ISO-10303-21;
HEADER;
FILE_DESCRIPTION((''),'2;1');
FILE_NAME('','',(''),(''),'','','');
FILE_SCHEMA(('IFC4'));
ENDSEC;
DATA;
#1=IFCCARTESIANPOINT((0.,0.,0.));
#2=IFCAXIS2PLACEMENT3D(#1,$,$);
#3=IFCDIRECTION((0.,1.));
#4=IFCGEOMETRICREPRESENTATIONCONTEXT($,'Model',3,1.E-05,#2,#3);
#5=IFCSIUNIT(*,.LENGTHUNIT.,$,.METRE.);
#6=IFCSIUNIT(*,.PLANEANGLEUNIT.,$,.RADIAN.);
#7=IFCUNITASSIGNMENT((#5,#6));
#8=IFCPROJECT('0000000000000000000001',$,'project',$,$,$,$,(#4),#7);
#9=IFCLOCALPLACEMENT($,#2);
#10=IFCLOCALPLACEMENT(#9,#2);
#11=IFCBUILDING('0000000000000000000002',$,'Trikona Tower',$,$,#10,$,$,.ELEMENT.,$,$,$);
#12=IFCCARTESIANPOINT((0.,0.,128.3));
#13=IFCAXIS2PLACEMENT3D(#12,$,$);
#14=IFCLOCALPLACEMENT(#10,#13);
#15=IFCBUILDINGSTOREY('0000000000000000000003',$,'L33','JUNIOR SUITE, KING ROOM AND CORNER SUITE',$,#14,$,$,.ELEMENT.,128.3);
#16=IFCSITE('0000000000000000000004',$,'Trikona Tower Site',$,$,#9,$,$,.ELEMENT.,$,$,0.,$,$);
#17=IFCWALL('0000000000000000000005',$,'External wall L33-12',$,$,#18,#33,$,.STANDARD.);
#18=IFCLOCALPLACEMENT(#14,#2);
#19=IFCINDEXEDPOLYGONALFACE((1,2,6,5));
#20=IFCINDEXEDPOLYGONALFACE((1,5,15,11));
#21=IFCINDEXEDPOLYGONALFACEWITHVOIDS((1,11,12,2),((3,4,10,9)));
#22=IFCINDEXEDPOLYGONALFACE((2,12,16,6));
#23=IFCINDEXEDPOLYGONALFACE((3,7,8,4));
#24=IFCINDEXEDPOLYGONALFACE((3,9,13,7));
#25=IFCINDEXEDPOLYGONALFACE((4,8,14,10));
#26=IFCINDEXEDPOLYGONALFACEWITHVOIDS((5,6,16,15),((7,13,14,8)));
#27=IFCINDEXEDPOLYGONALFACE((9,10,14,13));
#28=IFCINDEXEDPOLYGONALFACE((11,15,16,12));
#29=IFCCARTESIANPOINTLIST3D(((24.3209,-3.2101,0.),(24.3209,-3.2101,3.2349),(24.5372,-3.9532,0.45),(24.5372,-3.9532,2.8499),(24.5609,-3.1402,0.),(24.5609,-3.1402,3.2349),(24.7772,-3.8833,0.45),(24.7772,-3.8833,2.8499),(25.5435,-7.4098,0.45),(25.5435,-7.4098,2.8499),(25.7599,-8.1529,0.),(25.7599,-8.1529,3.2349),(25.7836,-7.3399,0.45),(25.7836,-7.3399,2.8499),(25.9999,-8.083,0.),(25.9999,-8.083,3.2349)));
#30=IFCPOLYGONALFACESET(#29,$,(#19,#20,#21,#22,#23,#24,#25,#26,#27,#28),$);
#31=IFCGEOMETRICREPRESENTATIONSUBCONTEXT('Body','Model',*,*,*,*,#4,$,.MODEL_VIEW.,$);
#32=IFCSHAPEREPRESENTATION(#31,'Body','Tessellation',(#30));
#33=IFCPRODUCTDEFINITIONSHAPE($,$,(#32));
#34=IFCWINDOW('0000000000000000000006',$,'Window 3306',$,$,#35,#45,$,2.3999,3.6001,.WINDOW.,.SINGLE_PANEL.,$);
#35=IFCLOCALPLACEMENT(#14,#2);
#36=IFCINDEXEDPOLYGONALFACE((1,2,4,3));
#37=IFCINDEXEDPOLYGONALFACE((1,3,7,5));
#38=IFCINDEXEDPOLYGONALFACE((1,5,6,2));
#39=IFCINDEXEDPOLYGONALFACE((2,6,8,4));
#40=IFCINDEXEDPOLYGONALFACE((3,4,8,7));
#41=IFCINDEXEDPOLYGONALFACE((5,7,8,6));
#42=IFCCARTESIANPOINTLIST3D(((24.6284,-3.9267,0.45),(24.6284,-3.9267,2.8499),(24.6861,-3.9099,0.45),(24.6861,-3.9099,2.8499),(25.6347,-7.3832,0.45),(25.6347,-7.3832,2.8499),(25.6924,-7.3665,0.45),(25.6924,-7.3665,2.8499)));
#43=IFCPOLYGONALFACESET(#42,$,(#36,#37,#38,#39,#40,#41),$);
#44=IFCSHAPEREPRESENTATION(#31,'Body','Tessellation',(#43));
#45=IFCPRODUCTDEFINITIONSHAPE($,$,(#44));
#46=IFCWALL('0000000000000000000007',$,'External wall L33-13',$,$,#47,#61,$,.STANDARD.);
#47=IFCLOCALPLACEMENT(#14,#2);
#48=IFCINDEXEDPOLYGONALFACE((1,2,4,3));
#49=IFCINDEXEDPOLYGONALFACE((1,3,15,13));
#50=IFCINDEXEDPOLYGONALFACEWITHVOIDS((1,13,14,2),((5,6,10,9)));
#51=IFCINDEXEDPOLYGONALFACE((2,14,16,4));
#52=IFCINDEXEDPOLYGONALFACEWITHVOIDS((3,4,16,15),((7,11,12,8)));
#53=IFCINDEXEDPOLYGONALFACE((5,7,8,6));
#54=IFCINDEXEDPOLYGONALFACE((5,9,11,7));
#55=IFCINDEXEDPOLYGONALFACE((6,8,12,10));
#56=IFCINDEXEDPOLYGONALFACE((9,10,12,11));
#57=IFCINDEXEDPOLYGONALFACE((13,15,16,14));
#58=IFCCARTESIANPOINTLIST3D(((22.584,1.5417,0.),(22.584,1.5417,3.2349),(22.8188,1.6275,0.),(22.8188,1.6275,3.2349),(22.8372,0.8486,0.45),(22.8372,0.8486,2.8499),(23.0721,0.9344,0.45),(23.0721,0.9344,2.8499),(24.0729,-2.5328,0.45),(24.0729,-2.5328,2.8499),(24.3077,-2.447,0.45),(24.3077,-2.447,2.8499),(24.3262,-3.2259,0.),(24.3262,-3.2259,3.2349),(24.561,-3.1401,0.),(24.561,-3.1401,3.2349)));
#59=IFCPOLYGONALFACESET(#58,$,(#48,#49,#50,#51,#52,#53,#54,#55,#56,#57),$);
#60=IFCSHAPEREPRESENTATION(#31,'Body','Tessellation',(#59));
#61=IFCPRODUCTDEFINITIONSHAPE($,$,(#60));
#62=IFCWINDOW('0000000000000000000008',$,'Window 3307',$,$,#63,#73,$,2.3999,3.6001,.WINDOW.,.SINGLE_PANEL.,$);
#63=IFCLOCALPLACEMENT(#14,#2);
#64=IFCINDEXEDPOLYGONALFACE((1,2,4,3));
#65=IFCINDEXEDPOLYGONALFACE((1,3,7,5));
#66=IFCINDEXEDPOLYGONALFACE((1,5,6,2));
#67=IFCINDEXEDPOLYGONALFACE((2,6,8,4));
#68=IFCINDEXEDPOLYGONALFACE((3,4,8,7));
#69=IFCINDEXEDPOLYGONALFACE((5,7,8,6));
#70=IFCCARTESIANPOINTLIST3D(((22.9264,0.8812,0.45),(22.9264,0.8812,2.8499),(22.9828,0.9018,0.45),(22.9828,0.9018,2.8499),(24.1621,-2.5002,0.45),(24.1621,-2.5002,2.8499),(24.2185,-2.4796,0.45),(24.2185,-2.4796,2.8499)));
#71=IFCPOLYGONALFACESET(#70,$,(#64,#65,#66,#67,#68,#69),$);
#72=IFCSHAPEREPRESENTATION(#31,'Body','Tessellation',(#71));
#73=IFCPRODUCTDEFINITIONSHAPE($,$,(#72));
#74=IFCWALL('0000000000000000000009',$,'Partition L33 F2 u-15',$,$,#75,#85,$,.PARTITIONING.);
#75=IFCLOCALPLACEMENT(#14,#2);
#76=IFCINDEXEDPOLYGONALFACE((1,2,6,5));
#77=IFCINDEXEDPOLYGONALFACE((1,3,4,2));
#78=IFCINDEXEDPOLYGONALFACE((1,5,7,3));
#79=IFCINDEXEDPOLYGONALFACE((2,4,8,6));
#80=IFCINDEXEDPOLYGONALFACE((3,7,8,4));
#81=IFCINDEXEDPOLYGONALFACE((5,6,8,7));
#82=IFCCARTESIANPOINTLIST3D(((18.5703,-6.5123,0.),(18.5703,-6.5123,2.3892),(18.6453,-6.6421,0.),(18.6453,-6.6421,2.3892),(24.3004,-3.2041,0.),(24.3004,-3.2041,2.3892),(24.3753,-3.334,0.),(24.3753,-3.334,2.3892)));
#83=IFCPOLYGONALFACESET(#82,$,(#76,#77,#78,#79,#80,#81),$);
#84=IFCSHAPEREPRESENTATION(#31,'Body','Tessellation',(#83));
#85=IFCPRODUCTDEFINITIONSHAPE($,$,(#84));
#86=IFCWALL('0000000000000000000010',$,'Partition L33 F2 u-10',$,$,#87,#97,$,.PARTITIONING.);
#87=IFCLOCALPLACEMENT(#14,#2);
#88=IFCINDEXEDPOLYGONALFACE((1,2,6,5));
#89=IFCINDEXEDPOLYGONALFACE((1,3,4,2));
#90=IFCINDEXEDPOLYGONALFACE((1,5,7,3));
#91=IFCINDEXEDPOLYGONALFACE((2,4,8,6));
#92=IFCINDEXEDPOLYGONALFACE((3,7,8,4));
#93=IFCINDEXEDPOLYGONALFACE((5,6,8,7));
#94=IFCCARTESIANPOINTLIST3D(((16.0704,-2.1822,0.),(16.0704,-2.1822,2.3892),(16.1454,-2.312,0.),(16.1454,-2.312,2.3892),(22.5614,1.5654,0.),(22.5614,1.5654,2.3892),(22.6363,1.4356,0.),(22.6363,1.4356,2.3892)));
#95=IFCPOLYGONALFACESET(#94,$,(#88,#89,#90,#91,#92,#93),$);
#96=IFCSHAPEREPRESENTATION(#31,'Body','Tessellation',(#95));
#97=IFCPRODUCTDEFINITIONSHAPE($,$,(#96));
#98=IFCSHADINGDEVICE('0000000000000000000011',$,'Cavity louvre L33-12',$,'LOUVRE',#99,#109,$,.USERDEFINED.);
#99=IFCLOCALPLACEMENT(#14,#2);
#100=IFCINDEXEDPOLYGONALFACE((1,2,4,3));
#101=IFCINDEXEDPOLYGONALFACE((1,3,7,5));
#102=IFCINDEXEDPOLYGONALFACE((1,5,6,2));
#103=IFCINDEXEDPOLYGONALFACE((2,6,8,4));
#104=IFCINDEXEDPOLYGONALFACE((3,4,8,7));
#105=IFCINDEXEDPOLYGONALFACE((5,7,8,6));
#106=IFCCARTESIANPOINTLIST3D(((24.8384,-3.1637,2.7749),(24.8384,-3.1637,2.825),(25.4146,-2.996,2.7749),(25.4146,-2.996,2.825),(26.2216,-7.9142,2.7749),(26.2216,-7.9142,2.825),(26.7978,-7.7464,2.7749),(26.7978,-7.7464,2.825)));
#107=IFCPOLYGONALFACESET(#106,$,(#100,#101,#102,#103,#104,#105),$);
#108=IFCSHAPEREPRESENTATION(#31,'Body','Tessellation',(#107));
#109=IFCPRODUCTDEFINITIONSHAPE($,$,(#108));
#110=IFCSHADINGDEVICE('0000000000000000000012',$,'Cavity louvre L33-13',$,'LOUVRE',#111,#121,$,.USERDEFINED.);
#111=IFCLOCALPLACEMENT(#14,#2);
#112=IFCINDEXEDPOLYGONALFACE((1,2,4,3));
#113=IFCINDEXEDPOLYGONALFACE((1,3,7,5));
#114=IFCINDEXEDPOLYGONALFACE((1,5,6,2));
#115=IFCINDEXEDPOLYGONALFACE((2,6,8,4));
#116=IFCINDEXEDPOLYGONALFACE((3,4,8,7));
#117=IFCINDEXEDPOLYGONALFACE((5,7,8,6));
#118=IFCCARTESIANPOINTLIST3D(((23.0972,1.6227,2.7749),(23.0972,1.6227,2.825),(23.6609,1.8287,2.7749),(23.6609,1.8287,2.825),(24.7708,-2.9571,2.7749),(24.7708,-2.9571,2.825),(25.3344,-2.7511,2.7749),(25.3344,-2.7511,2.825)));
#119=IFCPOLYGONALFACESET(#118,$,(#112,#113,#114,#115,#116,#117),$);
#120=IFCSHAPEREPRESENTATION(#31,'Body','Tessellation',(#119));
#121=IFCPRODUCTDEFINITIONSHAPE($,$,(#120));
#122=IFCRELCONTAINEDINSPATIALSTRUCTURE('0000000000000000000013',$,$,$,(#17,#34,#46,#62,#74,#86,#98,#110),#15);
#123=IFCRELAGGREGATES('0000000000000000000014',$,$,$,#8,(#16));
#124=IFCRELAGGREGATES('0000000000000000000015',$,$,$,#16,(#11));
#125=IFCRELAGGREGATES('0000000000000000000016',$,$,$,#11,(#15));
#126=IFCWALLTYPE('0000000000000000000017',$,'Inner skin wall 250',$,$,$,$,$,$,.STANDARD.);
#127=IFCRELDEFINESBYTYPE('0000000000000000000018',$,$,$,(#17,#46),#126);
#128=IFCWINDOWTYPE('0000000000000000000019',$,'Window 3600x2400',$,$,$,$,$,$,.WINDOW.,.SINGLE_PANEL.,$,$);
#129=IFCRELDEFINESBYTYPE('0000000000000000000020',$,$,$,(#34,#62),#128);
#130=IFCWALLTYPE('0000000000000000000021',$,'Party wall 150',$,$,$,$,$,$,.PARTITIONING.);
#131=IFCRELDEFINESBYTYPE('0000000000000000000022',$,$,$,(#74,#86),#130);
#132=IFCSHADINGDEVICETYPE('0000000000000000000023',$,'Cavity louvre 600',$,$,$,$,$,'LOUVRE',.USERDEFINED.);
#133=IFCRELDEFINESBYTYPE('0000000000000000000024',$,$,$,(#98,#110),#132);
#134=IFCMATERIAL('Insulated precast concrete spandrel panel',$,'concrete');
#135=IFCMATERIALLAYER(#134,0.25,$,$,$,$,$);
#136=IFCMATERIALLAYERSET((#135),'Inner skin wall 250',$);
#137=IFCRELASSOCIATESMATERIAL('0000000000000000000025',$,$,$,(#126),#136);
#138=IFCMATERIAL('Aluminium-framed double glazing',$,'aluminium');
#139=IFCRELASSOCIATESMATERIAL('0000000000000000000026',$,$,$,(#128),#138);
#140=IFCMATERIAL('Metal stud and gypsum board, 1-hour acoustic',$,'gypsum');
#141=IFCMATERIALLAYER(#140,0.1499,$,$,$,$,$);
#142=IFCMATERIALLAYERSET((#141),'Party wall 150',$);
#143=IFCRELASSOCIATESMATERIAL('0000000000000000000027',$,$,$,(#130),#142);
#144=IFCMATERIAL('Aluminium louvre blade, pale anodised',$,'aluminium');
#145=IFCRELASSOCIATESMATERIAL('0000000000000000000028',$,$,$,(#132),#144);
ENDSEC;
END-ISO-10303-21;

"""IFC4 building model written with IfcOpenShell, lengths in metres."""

from ifc_helpers import new_model, si_unit, direction, frame, frame_2d, origin, origin_2d, place, context, subcontext, project, spatial, rectangle, extrude, material, layer, layer_set, type_object, element, fill, save


model = new_model("IFC4")

# Units and contexts
model_context = context("Model", 3, precision=1e-05, world=origin(), true_north=direction((0.0, 1.0)))
body_context = subcontext(model_context, "Body", "Model", "MODEL_VIEW")
ifc_project = project(units=[si_unit("LENGTHUNIT", "METRE"), si_unit("PLANEANGLEUNIT", "RADIAN")], contexts=[model_context])

# Site, building, storey
site_placement = place(None, origin())
site = spatial("IfcSite", under=ifc_project, at=site_placement, Name="Trikona Tower Site", CompositionType="ELEMENT", RefElevation=0.0)
building_placement = place(site_placement, origin())
building = spatial("IfcBuilding", under=site, at=building_placement, Name="Trikona Tower", CompositionType="ELEMENT")
storey_placement = place(building_placement, frame((0.0, 0.0, 128.3)))
storey = spatial("IfcBuildingStorey", under=building, at=storey_placement, Name="L33", Description="JUNIOR SUITE, KING ROOM AND CORNER SUITE", CompositionType="ELEMENT", Elevation=128.3)

# Walls, openings, windows
ifc_material_1 = material(Name="Insulated precast concrete spandrel panel", Category="concrete")
ifc_layer_1 = layer(ifc_material_1, 0.25)
ifc_layer_set_1 = layer_set([ifc_layer_1], Name="Inner skin wall 250")
wall_type_1 = type_object("IfcWallType", Name="Inner skin wall 250", PredefinedType="STANDARD", material=ifc_layer_set_1)
wall_1_placement = place(storey_placement, frame((25.8799, -8.1179, 0.0), z_axis=(0.0, 0.0, 1.0), x_axis=(-0.279528, 0.960137, 0.0)))
wall_1 = element("IfcWall", 1, at=wall_1_placement, inside=storey, type_object=wall_type_1, Name="External wall L33-12", PredefinedType="STANDARD", context=body_context, shape_type="SweptSolid", body=[
    extrude(rectangle(XDim=5.1479, YDim=0.25, at=frame_2d((2.574, 0.0))), origin(), (0.0, 0.0, 1.0), 3.2349),
])
opening_1_placement = place(wall_1_placement, frame((0.7739, 0.0, 0.45)))
opening_1 = element("IfcOpeningElement", 2, at=opening_1_placement, cuts=wall_1, PredefinedType="OPENING", context=body_context, shape_type="SweptSolid", body=[
    extrude(rectangle(XDim=3.6001, YDim=2.3999, at=frame_2d((1.8, 1.2))), frame((0.0, 0.135, 0.0), z_axis=(0.0, -1.0, 0.0), x_axis=(1.0, 0.0, 0.0)), (0.0, 0.0, 1.0), 0.27),
])
ifc_material_2 = material(Name="Aluminium-framed double glazing", Category="aluminium")
window_type = type_object("IfcWindowType", Name="Window 3600x2400", PartitioningType="SINGLE_PANEL", PredefinedType="WINDOW", material=ifc_material_2)
window_1_placement = place(opening_1_placement, origin())
window_1 = element("IfcWindow", 3, at=window_1_placement, inside=storey, type_object=window_type, Name="Window 3306", OverallHeight=2.3999, OverallWidth=3.6001, PartitioningType="SINGLE_PANEL", PredefinedType="WINDOW", context=body_context, shape_type="SweptSolid", body=[
    extrude(rectangle(XDim=3.6001, YDim=2.3999, at=frame_2d((1.8, 1.2))), frame((0.0, 0.03, 0.0), z_axis=(0.0, -1.0, 0.0), x_axis=(1.0, 0.0, 0.0)), (0.0, 0.0, 1.0), 0.0601),
])
fill(opening_1, window_1)
wall_2_placement = place(storey_placement, frame((24.4436, -3.1831, 0.0), z_axis=(0.0, 0.0, 1.0), x_axis=(-0.343226, 0.939253, 0.0)))
wall_2 = element("IfcWall", 4, at=wall_2_placement, inside=storey, type_object=wall_type_1, Name="External wall L33-13", PredefinedType="STANDARD", context=body_context, shape_type="SweptSolid", body=[
    extrude(rectangle(XDim=5.0759, YDim=0.25, at=frame_2d((2.5381, 0.0))), origin(), (0.0, 0.0, 1.0), 3.2349),
])
opening_2_placement = place(wall_2_placement, frame((0.738, 0.0, 0.45)))
opening_2 = element("IfcOpeningElement", 5, at=opening_2_placement, cuts=wall_2, PredefinedType="OPENING", context=body_context, shape_type="SweptSolid", body=[
    extrude(rectangle(XDim=3.6001, YDim=2.3999, at=frame_2d((1.8, 1.2))), frame((0.0, 0.135, 0.0), z_axis=(0.0, -1.0, 0.0), x_axis=(1.0, 0.0, 0.0)), (0.0, 0.0, 1.0), 0.27),
])
window_2_placement = place(opening_2_placement, origin())
window_2 = element("IfcWindow", 6, at=window_2_placement, inside=storey, type_object=window_type, Name="Window 3307", OverallHeight=2.3999, OverallWidth=3.6001, PartitioningType="SINGLE_PANEL", PredefinedType="WINDOW", context=body_context, shape_type="SweptSolid", body=[
    extrude(rectangle(XDim=3.6001, YDim=2.3999, at=frame_2d((1.8, 1.2))), frame((0.0, 0.03, 0.0), z_axis=(0.0, -1.0, 0.0), x_axis=(1.0, 0.0, 0.0)), (0.0, 0.0, 1.0), 0.0601),
])
fill(opening_2, window_2)

# Walls
ifc_material_3 = material(Name="Metal stud and gypsum board, 1-hour acoustic", Category="gypsum")
ifc_layer_2 = layer(ifc_material_3, 0.1499)
ifc_layer_set_2 = layer_set([ifc_layer_2], Name="Party wall 150")
wall_type_2 = type_object("IfcWallType", Name="Party wall 150", PredefinedType="PARTITIONING", material=ifc_layer_set_2)
wall_3_placement = place(storey_placement, frame((18.6079, -6.5771, 0.0), z_axis=(0.0, 0.0, 1.0), x_axis=(0.866032, 0.499989, 0.0)))
element("IfcWall", 7, at=wall_3_placement, inside=storey, type_object=wall_type_2, Name="Partition L33 F2 u-15", PredefinedType="PARTITIONING", context=body_context, shape_type="SweptSolid", body=[
    extrude(rectangle(XDim=6.6165, YDim=0.1499, at=frame_2d((3.3081, 0.0))), origin(), (0.0, 0.0, 1.0), 2.3892),
])
wall_4_placement = place(storey_placement, frame((16.1079, -2.2471, 0.0), z_axis=(0.0, 0.0, 1.0), x_axis=(0.866026, 0.5, 0.0)))
element("IfcWall", 8, at=wall_4_placement, inside=storey, type_object=wall_type_2, Name="Partition L33 F2 u-10", PredefinedType="PARTITIONING", context=body_context, shape_type="SweptSolid", body=[
    extrude(rectangle(XDim=7.4951, YDim=0.1499, at=frame_2d((3.7476, 0.0))), origin(), (0.0, 0.0, 1.0), 2.3892),
])

# Shading devices
ifc_material_4 = material(Name="Aluminium louvre blade, pale anodised", Category="aluminium")
shading_device_type = type_object("IfcShadingDeviceType", Name="Cavity louvre 600", ElementType="LOUVRE", PredefinedType="USERDEFINED", material=ifc_material_4)
shading_device_1_placement = place(storey_placement, frame((25.8181, -5.4551, 2.7749), z_axis=(0.0, 0.0, 1.0), x_axis=(-0.279554, 0.96013, 0.0)))
element("IfcShadingDevice", 9, at=shading_device_1_placement, inside=storey, type_object=shading_device_type, Name="Cavity louvre L33-12", ObjectType="LOUVRE", PredefinedType="USERDEFINED", context=body_context, shape_type="SweptSolid", body=[
    extrude(rectangle(XDim=4.9478, YDim=0.6001, at=origin_2d()), origin(), (0.0, 0.0, 1.0), 0.05),
])
shading_device_2_placement = place(storey_placement, frame((24.2158, -0.5642, 2.7749), z_axis=(0.0, 0.0, 1.0), x_axis=(-0.34322, 0.939255, 0.0)))
element("IfcShadingDevice", 10, at=shading_device_2_placement, inside=storey, type_object=shading_device_type, Name="Cavity louvre L33-13", ObjectType="LOUVRE", PredefinedType="USERDEFINED", context=body_context, shape_type="SweptSolid", body=[
    extrude(rectangle(XDim=4.876, YDim=0.6001, at=origin_2d()), origin(), (0.0, 0.0, 1.0), 0.05),
])

save(model, "model.ifc")
